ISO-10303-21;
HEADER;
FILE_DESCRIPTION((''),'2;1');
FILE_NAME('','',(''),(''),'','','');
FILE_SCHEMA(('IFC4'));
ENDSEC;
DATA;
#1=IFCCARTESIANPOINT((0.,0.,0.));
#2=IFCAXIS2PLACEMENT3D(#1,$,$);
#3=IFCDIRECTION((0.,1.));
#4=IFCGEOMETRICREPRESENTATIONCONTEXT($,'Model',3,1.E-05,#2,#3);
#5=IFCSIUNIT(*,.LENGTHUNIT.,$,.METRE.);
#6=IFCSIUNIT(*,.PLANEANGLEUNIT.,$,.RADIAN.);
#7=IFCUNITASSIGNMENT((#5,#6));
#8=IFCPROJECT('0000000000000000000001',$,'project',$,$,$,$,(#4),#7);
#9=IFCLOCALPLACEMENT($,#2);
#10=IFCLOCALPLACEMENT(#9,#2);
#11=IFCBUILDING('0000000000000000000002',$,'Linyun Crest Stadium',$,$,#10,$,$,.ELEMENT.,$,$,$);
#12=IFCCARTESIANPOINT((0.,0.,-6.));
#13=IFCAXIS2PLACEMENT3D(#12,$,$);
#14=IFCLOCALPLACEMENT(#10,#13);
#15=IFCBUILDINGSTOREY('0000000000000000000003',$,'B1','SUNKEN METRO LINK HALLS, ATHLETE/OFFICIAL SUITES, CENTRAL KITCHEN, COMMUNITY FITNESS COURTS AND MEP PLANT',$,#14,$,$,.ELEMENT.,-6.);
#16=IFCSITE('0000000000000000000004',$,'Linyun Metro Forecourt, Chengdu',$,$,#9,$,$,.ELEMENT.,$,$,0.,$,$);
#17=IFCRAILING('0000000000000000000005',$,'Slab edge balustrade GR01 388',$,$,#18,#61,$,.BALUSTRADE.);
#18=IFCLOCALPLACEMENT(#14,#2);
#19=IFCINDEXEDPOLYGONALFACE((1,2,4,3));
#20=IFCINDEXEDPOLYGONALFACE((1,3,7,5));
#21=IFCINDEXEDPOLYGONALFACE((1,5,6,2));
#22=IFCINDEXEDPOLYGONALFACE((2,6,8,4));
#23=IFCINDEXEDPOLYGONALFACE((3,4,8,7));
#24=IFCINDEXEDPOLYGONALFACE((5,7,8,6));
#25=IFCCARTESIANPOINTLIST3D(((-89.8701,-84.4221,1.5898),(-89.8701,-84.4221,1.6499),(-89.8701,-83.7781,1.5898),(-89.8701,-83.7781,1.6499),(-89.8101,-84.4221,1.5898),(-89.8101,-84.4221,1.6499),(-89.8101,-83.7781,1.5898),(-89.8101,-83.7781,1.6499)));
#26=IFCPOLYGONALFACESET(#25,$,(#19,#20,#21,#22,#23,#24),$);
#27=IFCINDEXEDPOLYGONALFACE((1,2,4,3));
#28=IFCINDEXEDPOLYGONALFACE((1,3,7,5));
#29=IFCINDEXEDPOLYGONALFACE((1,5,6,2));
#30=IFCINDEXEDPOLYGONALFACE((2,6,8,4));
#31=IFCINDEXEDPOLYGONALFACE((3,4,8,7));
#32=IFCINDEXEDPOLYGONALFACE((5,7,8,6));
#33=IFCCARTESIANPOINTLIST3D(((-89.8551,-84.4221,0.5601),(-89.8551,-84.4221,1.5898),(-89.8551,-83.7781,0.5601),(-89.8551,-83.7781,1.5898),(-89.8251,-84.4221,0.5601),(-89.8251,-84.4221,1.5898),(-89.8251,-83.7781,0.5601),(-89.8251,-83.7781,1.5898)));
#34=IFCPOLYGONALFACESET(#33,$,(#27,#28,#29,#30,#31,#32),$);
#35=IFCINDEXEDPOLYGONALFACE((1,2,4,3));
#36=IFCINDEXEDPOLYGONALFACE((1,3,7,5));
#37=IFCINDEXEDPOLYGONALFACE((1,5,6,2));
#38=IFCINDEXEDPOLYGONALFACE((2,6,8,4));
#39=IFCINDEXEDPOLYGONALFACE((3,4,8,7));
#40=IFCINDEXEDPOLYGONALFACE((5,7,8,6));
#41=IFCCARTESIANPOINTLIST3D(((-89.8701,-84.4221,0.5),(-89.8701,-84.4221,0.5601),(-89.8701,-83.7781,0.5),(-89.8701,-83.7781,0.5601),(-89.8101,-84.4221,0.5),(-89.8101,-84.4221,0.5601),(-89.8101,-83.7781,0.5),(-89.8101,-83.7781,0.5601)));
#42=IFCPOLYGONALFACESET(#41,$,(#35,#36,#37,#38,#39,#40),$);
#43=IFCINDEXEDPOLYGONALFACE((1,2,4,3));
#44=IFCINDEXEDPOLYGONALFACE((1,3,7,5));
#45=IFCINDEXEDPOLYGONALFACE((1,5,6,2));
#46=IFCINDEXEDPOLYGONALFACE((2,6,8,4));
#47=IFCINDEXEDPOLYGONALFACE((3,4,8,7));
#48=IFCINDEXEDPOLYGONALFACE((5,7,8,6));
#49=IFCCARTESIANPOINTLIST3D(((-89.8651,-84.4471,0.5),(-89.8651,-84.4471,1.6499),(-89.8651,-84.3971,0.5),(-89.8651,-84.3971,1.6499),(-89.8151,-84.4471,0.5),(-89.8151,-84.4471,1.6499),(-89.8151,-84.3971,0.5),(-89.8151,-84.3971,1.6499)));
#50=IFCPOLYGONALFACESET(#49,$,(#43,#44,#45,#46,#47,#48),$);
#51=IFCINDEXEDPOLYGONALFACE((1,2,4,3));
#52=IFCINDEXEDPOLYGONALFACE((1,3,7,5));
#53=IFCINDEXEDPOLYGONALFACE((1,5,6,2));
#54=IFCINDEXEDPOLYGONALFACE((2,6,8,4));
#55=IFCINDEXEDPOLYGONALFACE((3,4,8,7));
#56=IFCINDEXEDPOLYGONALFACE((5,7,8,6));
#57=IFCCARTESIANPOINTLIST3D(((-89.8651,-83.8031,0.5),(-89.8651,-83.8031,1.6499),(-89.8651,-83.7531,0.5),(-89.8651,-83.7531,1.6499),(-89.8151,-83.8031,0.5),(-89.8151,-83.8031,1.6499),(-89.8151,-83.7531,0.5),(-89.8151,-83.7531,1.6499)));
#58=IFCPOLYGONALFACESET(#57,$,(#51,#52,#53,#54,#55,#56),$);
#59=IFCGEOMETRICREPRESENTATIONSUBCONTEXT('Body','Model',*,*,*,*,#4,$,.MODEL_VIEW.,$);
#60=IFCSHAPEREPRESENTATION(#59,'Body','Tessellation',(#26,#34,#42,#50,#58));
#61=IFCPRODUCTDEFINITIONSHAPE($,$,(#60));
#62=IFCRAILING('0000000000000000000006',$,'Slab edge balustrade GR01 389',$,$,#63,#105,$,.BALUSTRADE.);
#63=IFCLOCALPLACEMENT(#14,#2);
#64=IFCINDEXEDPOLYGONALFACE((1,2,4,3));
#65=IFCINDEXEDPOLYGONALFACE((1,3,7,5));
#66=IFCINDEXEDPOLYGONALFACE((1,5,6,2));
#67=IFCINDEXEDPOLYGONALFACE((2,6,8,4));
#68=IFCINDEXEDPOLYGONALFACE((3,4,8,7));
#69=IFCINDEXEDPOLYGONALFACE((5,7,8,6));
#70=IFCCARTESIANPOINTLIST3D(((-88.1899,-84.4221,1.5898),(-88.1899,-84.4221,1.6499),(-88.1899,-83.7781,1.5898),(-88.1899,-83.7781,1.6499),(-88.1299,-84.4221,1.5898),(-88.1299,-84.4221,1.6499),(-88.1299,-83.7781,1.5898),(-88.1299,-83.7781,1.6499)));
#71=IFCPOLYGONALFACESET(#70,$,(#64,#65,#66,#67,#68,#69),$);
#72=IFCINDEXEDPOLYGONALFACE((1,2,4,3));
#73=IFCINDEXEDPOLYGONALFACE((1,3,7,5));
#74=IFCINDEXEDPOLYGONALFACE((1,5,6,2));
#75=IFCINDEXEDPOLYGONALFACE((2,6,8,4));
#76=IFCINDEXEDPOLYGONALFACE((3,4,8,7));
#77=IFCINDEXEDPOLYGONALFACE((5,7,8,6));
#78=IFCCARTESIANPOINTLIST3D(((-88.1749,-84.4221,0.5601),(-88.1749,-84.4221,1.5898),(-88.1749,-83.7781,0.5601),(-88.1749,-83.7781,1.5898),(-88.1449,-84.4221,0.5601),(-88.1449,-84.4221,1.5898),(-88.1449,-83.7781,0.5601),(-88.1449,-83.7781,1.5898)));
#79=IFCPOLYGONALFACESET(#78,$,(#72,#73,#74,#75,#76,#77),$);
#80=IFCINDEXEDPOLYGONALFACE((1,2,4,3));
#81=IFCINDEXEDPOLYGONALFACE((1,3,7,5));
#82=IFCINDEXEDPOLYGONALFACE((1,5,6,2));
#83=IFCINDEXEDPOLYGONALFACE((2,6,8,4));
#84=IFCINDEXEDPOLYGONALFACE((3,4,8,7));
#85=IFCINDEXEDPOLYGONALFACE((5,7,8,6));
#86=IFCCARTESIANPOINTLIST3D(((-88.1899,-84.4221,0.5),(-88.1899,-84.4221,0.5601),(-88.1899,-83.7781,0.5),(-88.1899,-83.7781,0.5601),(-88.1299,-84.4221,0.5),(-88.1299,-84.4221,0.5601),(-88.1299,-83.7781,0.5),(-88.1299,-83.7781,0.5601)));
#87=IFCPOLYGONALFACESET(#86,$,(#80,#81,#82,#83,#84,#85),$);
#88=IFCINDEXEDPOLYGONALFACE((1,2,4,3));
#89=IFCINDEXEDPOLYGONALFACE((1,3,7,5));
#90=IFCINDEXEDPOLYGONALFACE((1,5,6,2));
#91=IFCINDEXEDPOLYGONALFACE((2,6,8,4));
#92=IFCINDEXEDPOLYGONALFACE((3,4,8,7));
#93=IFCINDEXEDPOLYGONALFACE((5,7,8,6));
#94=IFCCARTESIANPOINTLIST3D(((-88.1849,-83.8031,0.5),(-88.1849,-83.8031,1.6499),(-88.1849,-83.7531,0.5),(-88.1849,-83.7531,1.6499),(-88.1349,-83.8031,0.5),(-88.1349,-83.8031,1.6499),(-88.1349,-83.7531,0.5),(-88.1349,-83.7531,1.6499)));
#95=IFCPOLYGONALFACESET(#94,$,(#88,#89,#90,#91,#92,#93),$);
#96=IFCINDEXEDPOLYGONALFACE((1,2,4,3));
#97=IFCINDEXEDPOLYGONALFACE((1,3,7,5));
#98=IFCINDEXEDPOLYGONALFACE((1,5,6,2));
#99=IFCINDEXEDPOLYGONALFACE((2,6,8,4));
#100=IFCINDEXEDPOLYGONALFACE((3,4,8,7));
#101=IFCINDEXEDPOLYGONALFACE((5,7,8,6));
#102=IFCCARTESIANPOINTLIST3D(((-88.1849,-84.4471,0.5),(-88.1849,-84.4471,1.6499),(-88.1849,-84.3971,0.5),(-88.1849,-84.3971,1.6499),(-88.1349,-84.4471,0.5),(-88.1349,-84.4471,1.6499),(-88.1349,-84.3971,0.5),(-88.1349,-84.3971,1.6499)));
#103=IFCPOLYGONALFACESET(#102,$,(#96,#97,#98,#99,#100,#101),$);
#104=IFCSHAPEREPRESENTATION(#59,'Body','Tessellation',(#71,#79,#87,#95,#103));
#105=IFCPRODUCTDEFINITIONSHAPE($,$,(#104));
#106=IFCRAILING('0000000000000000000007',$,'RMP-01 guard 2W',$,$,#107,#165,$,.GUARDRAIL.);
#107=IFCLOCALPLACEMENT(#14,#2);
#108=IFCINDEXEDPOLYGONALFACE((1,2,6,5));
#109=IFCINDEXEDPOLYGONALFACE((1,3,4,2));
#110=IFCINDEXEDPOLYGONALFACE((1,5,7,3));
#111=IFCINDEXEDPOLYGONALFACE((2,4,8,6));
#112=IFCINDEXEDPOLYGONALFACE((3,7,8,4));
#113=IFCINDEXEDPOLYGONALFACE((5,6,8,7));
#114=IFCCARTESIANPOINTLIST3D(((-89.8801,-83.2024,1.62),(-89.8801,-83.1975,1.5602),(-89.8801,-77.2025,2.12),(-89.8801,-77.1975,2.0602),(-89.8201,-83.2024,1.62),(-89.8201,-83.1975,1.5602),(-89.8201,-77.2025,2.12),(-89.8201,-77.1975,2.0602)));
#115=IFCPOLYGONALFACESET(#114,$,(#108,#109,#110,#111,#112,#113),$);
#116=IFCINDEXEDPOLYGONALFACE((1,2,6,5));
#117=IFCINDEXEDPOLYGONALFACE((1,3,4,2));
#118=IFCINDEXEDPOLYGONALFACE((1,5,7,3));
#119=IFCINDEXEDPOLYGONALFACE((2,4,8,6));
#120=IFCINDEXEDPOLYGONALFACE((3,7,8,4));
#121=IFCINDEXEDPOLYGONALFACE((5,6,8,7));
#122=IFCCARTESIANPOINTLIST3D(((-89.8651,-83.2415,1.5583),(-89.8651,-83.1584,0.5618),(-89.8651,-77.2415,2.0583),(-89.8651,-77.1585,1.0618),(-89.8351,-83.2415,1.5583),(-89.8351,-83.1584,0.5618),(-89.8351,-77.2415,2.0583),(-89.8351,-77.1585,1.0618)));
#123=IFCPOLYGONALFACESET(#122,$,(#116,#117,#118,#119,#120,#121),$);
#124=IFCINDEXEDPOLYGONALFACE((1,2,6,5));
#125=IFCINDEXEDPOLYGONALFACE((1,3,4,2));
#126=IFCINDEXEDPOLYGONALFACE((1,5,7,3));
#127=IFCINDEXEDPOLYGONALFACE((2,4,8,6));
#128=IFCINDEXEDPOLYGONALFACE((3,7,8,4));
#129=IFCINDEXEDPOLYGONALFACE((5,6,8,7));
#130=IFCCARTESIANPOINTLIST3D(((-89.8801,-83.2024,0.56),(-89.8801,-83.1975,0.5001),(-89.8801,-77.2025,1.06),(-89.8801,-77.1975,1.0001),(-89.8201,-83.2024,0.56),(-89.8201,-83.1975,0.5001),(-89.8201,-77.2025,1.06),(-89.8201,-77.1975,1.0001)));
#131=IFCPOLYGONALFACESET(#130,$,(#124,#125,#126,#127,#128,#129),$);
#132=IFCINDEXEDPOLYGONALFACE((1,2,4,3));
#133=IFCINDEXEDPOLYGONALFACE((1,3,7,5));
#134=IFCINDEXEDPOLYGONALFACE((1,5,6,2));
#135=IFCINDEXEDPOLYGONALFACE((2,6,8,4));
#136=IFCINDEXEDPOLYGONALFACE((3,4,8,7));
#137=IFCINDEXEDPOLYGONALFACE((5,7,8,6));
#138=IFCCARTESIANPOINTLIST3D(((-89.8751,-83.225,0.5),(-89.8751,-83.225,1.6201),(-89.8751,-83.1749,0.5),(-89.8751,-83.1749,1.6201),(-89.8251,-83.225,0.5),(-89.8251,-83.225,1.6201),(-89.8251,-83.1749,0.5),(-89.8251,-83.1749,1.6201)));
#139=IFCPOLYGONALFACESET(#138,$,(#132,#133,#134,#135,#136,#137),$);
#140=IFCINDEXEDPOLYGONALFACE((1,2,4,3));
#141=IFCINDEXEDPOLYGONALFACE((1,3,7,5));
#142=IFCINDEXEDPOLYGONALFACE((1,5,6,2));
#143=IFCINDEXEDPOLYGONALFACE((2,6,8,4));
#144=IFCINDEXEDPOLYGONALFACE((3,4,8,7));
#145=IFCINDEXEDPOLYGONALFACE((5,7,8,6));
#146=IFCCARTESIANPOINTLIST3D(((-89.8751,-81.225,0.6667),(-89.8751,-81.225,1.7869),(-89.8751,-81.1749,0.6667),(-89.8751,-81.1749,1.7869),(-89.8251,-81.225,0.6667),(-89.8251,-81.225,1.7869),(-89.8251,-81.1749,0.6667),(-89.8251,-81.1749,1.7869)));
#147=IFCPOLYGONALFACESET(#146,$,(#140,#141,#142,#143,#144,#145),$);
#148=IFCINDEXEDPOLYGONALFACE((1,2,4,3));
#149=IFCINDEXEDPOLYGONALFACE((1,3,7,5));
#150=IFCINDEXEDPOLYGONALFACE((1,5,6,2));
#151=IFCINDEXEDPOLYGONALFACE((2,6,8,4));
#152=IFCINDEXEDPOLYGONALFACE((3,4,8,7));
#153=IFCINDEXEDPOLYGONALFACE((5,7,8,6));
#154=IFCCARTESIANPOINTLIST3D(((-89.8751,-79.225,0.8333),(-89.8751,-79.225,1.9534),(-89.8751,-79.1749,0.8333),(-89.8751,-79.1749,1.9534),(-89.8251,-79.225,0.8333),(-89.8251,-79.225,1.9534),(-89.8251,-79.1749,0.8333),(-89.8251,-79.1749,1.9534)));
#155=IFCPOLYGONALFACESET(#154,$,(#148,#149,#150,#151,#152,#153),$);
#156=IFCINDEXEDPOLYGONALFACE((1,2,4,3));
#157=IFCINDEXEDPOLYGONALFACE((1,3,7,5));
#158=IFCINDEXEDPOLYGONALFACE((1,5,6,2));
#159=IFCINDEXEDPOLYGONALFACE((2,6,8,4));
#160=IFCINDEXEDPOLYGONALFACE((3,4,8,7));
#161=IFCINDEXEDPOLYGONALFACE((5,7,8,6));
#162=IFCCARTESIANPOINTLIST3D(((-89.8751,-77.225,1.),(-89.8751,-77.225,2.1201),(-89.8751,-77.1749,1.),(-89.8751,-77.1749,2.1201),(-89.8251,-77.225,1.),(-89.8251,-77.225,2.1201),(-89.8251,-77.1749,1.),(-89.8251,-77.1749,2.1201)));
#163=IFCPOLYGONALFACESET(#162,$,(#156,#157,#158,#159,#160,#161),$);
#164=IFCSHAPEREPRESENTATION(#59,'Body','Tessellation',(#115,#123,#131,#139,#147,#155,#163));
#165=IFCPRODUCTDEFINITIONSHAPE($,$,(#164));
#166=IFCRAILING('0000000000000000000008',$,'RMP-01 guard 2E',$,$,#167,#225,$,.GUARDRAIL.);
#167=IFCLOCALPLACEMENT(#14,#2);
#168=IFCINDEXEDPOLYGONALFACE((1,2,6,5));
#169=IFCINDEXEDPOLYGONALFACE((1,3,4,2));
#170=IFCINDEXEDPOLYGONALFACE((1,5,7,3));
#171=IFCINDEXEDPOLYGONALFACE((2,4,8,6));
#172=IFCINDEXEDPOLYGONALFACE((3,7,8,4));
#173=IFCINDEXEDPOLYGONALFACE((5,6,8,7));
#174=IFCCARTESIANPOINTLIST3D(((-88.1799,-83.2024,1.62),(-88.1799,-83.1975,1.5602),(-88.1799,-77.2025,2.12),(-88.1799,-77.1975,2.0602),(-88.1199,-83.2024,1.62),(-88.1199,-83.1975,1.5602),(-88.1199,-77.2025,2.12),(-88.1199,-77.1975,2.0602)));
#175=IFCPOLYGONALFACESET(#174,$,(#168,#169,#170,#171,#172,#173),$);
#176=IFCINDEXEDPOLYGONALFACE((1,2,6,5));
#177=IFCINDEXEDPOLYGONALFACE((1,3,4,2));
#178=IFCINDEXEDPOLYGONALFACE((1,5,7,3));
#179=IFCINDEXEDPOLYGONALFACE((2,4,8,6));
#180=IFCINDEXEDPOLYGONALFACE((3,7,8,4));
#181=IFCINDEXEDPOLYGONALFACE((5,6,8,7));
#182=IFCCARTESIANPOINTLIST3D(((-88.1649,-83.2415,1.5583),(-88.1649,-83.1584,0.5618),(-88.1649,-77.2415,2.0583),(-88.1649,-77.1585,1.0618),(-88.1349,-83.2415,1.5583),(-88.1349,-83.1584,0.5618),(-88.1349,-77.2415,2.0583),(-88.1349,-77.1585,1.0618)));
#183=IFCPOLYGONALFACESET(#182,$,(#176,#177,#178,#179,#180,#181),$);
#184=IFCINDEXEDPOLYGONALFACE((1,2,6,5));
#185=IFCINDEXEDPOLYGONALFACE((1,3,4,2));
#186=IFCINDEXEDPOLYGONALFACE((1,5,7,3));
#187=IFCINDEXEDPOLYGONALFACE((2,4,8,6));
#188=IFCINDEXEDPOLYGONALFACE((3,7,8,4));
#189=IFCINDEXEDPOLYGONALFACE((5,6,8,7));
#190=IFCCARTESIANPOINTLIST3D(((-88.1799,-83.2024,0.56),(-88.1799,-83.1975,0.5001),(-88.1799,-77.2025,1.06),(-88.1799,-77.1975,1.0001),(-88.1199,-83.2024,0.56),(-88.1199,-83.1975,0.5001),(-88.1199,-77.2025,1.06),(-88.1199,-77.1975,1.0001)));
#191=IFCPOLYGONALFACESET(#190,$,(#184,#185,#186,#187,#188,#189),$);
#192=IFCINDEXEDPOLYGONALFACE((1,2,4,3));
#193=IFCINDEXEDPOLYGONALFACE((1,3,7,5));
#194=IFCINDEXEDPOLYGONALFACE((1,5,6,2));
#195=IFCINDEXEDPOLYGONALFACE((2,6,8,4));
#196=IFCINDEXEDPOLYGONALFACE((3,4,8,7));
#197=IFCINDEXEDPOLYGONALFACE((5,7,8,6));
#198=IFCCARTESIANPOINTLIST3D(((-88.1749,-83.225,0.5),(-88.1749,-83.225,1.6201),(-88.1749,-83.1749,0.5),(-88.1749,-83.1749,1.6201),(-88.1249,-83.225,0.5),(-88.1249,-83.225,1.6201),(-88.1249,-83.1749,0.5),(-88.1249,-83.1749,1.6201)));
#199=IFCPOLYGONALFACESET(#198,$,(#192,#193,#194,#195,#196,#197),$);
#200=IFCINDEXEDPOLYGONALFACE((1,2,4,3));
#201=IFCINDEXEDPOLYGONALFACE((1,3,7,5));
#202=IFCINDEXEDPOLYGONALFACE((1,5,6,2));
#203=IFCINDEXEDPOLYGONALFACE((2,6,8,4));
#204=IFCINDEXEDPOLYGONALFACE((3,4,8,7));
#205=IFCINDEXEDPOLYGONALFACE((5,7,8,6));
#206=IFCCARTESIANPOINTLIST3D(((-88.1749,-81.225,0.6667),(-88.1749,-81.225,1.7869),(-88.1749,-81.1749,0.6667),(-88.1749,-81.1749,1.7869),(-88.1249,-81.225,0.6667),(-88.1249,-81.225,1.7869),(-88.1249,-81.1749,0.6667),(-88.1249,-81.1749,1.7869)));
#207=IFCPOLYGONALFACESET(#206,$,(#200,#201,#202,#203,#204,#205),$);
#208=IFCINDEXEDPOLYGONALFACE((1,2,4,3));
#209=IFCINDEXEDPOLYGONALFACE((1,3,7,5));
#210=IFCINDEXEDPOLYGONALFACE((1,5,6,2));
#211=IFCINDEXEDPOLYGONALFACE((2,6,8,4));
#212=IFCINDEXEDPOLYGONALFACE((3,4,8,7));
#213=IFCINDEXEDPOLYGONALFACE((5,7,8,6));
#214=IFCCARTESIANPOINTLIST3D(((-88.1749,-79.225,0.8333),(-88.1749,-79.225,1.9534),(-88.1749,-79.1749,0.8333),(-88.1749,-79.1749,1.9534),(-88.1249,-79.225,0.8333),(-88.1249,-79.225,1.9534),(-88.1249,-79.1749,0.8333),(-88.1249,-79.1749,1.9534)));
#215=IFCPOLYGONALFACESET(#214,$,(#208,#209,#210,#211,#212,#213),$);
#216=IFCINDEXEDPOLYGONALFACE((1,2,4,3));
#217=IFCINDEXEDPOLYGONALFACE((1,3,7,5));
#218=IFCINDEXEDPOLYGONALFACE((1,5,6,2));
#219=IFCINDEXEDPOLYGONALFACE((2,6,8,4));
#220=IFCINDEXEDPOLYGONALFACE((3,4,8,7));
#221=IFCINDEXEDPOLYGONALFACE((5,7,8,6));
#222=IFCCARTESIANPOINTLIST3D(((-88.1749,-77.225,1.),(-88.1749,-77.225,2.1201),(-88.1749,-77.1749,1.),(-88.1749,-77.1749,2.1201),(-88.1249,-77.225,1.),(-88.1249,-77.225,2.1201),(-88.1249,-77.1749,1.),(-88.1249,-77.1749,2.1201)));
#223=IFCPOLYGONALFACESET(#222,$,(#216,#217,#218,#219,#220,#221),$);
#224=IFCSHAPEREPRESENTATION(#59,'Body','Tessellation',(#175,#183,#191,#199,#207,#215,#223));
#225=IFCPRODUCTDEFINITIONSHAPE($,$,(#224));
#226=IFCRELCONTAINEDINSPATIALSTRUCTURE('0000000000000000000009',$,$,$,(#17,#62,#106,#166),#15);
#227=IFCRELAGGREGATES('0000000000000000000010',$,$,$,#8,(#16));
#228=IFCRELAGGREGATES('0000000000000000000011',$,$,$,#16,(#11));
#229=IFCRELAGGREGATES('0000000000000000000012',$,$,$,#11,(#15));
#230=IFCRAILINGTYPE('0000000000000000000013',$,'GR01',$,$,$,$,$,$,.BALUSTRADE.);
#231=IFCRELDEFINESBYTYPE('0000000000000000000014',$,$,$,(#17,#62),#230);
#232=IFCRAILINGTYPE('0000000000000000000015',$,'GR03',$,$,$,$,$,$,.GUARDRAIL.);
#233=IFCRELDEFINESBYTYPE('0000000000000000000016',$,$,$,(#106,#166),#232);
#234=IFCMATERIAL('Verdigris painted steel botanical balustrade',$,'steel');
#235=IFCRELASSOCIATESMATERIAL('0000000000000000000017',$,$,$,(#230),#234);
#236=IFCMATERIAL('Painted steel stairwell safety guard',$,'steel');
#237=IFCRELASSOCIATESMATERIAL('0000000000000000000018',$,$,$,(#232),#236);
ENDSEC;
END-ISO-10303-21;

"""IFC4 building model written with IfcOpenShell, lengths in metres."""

from ifc_helpers import new_model, si_unit, direction, frame, origin, origin_2d, place, context, subcontext, project, spatial, rectangle, extrude, material, type_object, element, save


model = new_model("IFC4")

# Units and contexts
model_context = context("Model", 3, precision=1e-05, world=origin(), true_north=direction((0.0, 1.0)))
body_context = subcontext(model_context, "Body", "Model", "MODEL_VIEW")
ifc_project = project(units=[si_unit("LENGTHUNIT", "METRE"), si_unit("PLANEANGLEUNIT", "RADIAN")], contexts=[model_context])

# Site, building, storey
site_placement = place(None, origin())
site = spatial("IfcSite", under=ifc_project, at=site_placement, Name="Linyun Metro Forecourt, Chengdu", CompositionType="ELEMENT", RefElevation=0.0)
building_placement = place(site_placement, origin())
building = spatial("IfcBuilding", under=site, at=building_placement, Name="Linyun Crest Stadium", CompositionType="ELEMENT")
storey_placement = place(building_placement, frame((0.0, 0.0, -6.0)))
storey = spatial("IfcBuildingStorey", under=building, at=storey_placement, Name="B1", Description="SUNKEN METRO LINK HALLS, ATHLETE/OFFICIAL SUITES, CENTRAL KITCHEN, COMMUNITY FITNESS COURTS AND MEP PLANT", CompositionType="ELEMENT", Elevation=-6.0)

# Railings
ifc_material_1 = material(Name="Verdigris painted steel botanical balustrade", Category="steel")
railing_type_1 = type_object("IfcRailingType", Name="GR01", PredefinedType="BALUSTRADE", material=ifc_material_1)
railing_1_placement = place(storey_placement, frame((-89.8401, -84.4221, 0.5)))
element("IfcRailing", 1, at=railing_1_placement, inside=storey, type_object=railing_type_1, Name="Slab edge balustrade GR01 388", PredefinedType="BALUSTRADE", context=body_context, shape_type="SweptSolid", body=[
    extrude(rectangle(XDim=0.0601, YDim=0.0601, at=origin_2d()), frame((0.0, 0.0, 1.1199), z_axis=(0.0, 1.0, 0.0), x_axis=(-1.0, 0.0, 0.0)), (0.0, 0.0, 1.0), 0.644),
    extrude(rectangle(XDim=0.03, YDim=1.0298, at=origin_2d()), frame((0.0, 0.0, 0.575), z_axis=(0.0, 1.0, 0.0), x_axis=(-1.0, 0.0, 0.0)), (0.0, 0.0, 1.0), 0.644),
    extrude(rectangle(XDim=0.0601, YDim=0.0601, at=origin_2d()), frame((0.0, 0.0, 0.03), z_axis=(0.0, 1.0, 0.0), x_axis=(-1.0, 0.0, 0.0)), (0.0, 0.0, 1.0), 0.644),
    extrude(rectangle(XDim=0.05, YDim=0.05, at=origin_2d()), origin(), (0.0, 0.0, 1.0), 1.1499),
    extrude(rectangle(XDim=0.05, YDim=0.05, at=origin_2d()), frame((0.0, 0.644, 0.0)), (0.0, 0.0, 1.0), 1.1499),
])
railing_2_placement = place(storey_placement, frame((-88.1599, -83.7781, 0.5)))
element("IfcRailing", 2, at=railing_2_placement, inside=storey, type_object=railing_type_1, Name="Slab edge balustrade GR01 389", PredefinedType="BALUSTRADE", context=body_context, shape_type="SweptSolid", body=[
    extrude(rectangle(XDim=0.0601, YDim=0.0601, at=origin_2d()), frame((0.0, 0.0, 1.1199), z_axis=(0.0, -1.0, 0.0), x_axis=(1.0, 0.0, 0.0)), (0.0, 0.0, 1.0), 0.644),
    extrude(rectangle(XDim=0.03, YDim=1.0298, at=origin_2d()), frame((0.0, 0.0, 0.575), z_axis=(0.0, -1.0, 0.0), x_axis=(1.0, 0.0, 0.0)), (0.0, 0.0, 1.0), 0.644),
    extrude(rectangle(XDim=0.0601, YDim=0.0601, at=origin_2d()), frame((0.0, 0.0, 0.03), z_axis=(0.0, -1.0, 0.0), x_axis=(1.0, 0.0, 0.0)), (0.0, 0.0, 1.0), 0.644),
    extrude(rectangle(XDim=0.05, YDim=0.05, at=origin_2d()), origin(), (0.0, 0.0, 1.0), 1.1499),
    extrude(rectangle(XDim=0.05, YDim=0.05, at=origin_2d()), frame((0.0, -0.644, 0.0)), (0.0, 0.0, 1.0), 1.1499),
])
ifc_material_2 = material(Name="Painted steel stairwell safety guard", Category="steel")
railing_type_2 = type_object("IfcRailingType", Name="GR03", PredefinedType="GUARDRAIL", material=ifc_material_2)
for number, where, name in (
    (3, (-89.8501, -83.2, 0.5), "RMP-01 guard 2W"),
    (4, (-88.1499, -83.2, 0.5), "RMP-01 guard 2E"),
):
    element("IfcRailing", number, at=place(storey_placement, frame(where)), inside=storey, type_object=railing_type_2, Name=name, PredefinedType="GUARDRAIL", context=body_context, shape_type="SweptSolid", body=[
        extrude(rectangle(XDim=0.0601, YDim=0.0601, at=origin_2d()), frame((0.0, 0.0, 1.0901), z_axis=(0.0, 0.996546, 0.083045), x_axis=(-1.0, 0.0, 0.0)), (0.0, 0.0, 1.0), 6.0208),
        extrude(rectangle(XDim=0.03, YDim=1.0, at=origin_2d()), frame((0.0, 0.0, 0.5601), z_axis=(0.0, 0.996546, 0.083045), x_axis=(-1.0, 0.0, 0.0)), (0.0, 0.0, 1.0), 6.0208),
        extrude(rectangle(XDim=0.0601, YDim=0.0601, at=origin_2d()), frame((0.0, 0.0, 0.03), z_axis=(0.0, 0.996546, 0.083045), x_axis=(-1.0, 0.0, 0.0)), (0.0, 0.0, 1.0), 6.0208),
        extrude(rectangle(XDim=0.05, YDim=0.05, at=origin_2d()), origin(), (0.0, 0.0, 1.0), 1.1201),
        extrude(rectangle(XDim=0.05, YDim=0.05, at=origin_2d()), frame((0.0, 2.0, 0.1667)), (0.0, 0.0, 1.0), 1.1201),
        extrude(rectangle(XDim=0.05, YDim=0.05, at=origin_2d()), frame((0.0, 4.0, 0.3333)), (0.0, 0.0, 1.0), 1.1201),
        extrude(rectangle(XDim=0.05, YDim=0.05, at=origin_2d()), frame((0.0, 6.0, 0.5)), (0.0, 0.0, 1.0), 1.1201),
    ])

save(model, "model.ifc")
